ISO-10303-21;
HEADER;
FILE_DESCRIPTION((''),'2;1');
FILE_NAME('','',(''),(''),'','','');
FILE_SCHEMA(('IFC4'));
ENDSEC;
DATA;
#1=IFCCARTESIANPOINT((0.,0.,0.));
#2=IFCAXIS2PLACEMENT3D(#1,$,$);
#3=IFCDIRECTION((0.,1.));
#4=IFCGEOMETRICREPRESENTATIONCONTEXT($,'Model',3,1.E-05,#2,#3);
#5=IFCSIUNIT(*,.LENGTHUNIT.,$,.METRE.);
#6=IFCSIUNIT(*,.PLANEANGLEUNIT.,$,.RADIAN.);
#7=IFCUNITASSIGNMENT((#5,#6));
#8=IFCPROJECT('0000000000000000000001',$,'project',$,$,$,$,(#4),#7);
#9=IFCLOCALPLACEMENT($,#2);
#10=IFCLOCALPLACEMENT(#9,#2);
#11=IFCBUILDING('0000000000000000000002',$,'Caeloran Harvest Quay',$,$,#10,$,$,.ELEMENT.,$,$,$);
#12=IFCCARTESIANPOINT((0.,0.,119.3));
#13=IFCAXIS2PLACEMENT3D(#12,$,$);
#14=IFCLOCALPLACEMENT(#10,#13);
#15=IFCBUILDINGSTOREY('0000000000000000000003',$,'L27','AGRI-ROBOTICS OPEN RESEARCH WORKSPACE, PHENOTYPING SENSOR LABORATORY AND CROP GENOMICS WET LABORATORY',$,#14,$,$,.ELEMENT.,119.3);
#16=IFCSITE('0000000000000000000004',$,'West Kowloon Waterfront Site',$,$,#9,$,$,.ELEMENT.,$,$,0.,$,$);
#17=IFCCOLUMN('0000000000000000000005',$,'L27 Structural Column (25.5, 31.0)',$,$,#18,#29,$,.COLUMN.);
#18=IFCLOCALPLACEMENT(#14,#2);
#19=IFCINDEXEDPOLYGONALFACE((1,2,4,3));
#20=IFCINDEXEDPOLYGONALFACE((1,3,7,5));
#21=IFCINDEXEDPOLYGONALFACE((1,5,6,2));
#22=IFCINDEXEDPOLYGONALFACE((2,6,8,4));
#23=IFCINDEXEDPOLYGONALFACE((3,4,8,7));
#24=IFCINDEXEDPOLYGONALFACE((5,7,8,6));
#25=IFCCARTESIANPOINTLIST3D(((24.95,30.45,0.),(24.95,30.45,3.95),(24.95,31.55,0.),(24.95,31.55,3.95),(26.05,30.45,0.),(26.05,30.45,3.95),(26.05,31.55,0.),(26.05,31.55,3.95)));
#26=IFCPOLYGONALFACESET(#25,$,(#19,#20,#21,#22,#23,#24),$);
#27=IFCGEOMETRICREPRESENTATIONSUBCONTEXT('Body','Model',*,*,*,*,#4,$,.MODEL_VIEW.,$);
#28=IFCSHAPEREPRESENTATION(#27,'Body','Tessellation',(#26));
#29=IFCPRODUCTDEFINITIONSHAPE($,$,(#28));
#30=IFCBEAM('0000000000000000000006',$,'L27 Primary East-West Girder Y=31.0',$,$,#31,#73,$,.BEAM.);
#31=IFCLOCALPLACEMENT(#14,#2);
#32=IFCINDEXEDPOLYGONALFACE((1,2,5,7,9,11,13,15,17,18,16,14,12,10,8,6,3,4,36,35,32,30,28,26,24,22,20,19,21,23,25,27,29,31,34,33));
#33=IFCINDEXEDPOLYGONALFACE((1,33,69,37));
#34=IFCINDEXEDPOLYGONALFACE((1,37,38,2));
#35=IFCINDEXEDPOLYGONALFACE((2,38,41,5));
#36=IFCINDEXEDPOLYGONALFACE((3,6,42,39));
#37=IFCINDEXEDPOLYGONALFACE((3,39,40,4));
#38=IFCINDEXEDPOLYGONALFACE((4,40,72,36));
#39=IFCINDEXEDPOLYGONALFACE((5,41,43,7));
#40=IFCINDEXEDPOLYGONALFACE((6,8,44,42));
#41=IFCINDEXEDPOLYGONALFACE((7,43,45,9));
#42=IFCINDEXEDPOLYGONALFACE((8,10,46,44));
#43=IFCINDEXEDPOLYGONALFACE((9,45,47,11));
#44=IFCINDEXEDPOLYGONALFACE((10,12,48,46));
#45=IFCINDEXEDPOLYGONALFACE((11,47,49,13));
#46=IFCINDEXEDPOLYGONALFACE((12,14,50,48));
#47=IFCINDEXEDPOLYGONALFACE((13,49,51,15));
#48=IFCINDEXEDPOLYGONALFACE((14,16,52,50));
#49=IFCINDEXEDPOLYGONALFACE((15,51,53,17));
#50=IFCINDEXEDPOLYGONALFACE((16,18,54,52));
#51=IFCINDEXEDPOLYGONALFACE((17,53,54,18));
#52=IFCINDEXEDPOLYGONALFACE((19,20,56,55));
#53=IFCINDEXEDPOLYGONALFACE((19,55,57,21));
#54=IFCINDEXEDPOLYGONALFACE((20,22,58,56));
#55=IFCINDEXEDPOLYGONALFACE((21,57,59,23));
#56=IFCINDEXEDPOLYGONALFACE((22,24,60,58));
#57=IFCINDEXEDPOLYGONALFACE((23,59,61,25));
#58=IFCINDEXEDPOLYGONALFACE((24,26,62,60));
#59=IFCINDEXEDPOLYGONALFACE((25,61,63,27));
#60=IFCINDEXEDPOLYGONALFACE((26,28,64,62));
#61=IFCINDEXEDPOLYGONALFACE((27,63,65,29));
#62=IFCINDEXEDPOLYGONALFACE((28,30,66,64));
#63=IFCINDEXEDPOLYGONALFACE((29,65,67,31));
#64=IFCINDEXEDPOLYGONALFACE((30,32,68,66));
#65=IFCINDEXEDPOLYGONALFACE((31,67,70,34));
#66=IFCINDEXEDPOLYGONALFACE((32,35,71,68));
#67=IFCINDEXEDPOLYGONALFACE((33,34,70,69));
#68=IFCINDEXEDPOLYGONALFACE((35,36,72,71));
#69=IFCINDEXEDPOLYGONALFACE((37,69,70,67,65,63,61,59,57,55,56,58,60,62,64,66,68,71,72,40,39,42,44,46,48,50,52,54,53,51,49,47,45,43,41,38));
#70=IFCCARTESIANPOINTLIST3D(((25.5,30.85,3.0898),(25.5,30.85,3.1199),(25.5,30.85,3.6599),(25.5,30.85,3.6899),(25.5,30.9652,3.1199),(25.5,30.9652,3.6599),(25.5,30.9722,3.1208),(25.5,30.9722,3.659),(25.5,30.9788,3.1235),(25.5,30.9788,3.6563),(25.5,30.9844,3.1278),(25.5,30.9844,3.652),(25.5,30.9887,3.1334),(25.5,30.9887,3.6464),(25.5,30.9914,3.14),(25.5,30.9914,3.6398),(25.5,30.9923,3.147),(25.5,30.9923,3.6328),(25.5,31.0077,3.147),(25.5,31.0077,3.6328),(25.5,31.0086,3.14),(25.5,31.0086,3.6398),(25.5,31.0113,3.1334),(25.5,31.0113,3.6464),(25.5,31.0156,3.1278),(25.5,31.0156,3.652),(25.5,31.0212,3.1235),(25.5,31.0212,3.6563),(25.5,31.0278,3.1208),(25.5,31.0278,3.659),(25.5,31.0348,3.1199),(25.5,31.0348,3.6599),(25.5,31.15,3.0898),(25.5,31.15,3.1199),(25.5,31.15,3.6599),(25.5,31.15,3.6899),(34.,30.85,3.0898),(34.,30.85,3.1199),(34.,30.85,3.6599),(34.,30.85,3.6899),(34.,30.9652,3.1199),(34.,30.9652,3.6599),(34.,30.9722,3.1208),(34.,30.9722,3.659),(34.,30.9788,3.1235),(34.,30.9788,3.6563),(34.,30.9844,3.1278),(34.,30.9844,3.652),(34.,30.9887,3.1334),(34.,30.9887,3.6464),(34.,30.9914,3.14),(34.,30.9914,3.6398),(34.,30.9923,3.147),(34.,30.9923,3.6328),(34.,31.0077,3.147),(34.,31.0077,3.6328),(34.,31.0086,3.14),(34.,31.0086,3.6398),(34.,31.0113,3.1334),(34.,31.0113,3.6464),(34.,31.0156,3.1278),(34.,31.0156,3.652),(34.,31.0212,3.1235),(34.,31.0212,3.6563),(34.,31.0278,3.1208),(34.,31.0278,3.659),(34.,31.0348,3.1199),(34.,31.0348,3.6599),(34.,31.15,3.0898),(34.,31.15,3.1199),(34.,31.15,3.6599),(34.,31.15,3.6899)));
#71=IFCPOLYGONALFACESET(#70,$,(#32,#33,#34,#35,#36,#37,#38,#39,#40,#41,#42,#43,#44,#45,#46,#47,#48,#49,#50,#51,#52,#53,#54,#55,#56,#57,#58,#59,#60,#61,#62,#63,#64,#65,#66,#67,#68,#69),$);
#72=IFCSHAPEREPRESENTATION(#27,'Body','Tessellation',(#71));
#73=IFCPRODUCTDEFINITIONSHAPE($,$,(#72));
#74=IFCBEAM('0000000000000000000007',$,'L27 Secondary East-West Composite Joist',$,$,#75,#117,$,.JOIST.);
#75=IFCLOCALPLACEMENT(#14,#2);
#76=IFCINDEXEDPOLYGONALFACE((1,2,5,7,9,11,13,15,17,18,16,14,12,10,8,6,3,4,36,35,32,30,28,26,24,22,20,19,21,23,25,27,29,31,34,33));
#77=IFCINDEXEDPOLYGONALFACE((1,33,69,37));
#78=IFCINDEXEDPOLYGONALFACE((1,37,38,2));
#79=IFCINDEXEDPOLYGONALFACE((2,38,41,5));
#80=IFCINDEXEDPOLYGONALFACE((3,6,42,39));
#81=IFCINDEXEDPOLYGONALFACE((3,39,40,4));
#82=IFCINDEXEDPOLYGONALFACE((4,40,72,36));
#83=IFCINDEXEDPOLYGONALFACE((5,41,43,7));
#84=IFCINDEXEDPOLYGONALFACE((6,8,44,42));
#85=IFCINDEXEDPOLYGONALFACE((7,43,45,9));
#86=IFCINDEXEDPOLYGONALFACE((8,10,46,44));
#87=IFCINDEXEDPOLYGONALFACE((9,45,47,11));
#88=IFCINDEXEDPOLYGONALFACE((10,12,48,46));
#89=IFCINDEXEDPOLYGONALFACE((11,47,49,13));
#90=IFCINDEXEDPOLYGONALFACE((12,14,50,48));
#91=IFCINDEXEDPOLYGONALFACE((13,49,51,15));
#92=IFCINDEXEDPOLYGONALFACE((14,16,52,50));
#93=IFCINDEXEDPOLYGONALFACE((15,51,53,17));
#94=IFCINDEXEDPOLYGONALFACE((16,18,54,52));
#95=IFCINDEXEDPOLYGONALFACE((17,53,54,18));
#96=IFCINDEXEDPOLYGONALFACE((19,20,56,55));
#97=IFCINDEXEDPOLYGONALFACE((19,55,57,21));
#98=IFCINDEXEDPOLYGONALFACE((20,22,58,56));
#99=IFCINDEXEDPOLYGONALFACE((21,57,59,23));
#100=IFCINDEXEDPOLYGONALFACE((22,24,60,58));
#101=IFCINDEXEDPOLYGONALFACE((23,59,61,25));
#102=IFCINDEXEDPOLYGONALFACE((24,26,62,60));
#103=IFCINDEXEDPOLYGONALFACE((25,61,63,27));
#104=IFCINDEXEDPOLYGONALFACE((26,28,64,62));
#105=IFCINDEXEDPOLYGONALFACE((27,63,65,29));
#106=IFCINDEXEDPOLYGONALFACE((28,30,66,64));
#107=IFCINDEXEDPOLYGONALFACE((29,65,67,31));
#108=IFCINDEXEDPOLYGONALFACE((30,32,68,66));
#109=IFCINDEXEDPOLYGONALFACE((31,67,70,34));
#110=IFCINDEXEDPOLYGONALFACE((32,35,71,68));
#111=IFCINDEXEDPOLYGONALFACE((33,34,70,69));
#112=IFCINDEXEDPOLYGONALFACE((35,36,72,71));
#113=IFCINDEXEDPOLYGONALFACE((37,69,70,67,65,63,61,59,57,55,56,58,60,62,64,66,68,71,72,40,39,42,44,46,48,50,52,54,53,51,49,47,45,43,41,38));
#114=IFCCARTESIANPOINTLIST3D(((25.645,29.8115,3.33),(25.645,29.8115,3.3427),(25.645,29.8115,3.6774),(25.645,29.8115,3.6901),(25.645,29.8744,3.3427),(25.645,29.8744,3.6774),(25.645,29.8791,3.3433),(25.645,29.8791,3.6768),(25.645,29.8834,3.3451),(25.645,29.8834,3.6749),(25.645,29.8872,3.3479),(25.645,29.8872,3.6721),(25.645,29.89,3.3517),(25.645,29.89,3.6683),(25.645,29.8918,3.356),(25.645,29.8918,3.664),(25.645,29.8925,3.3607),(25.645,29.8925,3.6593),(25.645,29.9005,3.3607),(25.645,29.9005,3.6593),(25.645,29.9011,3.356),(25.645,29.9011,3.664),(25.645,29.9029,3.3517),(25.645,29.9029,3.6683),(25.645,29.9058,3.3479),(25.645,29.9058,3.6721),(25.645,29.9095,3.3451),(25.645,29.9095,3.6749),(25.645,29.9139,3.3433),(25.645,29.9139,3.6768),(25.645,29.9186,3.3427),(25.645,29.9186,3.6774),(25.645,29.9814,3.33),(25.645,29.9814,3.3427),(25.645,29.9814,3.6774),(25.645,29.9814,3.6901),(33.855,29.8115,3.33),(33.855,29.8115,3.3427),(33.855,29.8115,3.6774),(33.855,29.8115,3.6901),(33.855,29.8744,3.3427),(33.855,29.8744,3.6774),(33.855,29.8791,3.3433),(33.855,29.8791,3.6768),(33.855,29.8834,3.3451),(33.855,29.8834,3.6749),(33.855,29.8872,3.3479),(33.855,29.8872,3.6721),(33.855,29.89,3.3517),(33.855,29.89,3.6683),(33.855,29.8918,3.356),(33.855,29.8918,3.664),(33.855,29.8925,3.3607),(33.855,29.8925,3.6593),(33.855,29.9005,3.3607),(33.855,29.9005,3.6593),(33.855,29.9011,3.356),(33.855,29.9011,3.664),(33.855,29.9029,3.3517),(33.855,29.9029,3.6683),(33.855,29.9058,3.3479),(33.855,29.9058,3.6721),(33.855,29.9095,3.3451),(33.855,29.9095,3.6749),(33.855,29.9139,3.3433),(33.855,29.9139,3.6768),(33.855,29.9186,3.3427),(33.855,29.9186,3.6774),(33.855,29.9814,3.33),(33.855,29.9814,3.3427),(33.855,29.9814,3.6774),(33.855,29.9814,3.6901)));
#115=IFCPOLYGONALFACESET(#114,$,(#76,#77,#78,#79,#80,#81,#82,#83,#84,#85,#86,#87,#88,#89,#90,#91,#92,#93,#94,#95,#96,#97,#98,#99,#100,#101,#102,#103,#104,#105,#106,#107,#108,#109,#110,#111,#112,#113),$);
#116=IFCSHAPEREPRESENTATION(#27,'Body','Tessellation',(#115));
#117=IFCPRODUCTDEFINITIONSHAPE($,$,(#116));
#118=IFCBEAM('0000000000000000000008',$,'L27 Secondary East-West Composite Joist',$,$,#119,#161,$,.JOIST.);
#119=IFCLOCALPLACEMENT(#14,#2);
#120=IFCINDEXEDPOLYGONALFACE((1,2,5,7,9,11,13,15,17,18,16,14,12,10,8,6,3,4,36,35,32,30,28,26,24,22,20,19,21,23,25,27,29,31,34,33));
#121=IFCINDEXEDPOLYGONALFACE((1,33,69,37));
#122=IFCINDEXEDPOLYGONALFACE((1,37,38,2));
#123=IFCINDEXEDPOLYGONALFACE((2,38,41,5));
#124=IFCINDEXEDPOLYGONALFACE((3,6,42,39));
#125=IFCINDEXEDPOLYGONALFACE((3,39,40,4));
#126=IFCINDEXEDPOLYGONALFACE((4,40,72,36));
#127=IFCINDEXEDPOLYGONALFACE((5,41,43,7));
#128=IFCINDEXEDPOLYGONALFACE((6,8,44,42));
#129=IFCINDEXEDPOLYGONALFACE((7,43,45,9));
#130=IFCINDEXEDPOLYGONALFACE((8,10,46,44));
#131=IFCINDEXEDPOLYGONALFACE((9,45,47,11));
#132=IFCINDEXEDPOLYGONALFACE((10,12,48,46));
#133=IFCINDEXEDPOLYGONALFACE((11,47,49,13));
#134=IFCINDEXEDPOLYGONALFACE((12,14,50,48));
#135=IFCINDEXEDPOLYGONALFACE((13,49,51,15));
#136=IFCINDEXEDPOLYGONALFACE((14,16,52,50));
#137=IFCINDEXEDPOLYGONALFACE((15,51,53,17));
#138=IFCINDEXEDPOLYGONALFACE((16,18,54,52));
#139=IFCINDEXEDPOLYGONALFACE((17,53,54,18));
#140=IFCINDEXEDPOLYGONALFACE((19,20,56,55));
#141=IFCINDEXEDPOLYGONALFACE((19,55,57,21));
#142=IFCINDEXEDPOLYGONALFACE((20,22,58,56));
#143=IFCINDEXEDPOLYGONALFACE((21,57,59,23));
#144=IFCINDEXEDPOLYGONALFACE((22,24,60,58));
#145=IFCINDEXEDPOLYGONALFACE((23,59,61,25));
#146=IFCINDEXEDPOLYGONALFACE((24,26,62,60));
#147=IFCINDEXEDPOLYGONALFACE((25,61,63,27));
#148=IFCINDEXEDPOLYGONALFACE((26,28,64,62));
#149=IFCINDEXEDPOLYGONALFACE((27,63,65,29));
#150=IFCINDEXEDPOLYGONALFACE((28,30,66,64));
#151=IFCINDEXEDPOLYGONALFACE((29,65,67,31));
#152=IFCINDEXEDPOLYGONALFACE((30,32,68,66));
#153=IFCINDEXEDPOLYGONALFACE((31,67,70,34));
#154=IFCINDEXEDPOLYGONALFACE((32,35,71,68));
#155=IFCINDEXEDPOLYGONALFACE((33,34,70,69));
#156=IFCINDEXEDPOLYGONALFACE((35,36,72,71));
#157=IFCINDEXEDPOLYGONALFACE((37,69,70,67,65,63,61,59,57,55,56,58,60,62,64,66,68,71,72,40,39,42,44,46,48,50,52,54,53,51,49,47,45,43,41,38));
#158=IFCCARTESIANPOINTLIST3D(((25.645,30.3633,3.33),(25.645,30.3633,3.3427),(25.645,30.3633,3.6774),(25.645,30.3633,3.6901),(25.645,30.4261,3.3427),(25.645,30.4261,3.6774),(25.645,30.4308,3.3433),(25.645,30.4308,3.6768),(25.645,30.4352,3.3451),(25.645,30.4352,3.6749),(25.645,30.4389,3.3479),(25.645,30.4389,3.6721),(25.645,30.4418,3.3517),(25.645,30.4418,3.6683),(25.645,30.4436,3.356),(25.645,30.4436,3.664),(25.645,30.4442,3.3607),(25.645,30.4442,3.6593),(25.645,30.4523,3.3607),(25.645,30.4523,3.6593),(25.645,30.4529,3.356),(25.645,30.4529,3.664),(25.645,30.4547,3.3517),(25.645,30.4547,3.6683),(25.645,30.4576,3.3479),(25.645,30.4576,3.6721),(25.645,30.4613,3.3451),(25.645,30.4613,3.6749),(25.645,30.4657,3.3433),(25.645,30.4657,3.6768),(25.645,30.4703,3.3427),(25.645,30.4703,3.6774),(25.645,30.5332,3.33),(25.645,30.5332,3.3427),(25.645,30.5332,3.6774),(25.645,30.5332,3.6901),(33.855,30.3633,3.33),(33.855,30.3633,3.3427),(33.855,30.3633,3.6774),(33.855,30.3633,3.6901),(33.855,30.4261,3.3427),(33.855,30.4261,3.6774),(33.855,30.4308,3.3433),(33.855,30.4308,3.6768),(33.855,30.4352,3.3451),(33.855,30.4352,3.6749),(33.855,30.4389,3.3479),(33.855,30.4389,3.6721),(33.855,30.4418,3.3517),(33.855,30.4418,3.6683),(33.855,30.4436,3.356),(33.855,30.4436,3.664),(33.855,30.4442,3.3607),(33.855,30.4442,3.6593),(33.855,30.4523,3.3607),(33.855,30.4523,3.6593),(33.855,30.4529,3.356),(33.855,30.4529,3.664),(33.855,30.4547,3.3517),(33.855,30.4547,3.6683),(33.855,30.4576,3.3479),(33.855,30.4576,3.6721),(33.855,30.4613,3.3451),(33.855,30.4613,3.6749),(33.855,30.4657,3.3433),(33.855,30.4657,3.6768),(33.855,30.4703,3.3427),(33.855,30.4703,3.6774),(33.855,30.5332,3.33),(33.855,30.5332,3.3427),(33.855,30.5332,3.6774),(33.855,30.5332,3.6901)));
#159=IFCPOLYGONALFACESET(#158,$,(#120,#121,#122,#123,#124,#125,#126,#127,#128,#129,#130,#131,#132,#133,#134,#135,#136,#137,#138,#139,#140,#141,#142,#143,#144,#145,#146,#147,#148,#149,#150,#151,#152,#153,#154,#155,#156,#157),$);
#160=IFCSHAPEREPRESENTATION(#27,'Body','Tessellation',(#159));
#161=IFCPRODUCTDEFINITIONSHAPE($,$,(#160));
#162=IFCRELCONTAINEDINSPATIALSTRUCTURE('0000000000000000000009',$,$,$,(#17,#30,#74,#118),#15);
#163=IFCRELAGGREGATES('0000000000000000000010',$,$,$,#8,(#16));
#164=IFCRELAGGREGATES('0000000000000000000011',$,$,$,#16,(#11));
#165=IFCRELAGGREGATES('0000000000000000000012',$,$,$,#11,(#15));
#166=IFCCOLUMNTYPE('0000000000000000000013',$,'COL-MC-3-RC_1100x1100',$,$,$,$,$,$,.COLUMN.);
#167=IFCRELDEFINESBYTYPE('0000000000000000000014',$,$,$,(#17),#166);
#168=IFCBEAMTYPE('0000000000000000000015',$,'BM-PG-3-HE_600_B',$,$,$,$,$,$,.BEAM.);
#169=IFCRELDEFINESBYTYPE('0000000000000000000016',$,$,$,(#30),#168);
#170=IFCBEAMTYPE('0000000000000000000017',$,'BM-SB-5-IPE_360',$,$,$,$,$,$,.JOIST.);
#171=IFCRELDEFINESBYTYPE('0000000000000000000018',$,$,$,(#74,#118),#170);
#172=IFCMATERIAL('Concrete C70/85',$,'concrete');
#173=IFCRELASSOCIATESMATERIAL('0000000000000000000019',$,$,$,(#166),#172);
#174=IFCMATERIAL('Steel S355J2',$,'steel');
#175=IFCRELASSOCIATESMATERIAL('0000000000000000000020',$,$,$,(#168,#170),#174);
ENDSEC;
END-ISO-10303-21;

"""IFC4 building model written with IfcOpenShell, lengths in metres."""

from ifc_helpers import new_model, si_unit, direction, frame, origin, origin_2d, place, context, subcontext, project, spatial, rectangle, i_section, extrude, material, material_profile, profile_set, type_object, element, save


model = new_model("IFC4")

# Units and contexts
model_context = context("Model", 3, precision=1e-05, world=origin(), true_north=direction((0.0, 1.0)))
body_context = subcontext(model_context, "Body", "Model", "MODEL_VIEW")
ifc_project = project(units=[si_unit("LENGTHUNIT", "METRE"), si_unit("PLANEANGLEUNIT", "RADIAN")], contexts=[model_context])

# Site, building, storey
site_placement = place(None, origin())
site = spatial("IfcSite", under=ifc_project, at=site_placement, Name="West Kowloon Waterfront Site", CompositionType="ELEMENT", RefElevation=0.0)
building_placement = place(site_placement, origin())
building = spatial("IfcBuilding", under=site, at=building_placement, Name="Caeloran Harvest Quay", CompositionType="ELEMENT")
storey_placement = place(building_placement, frame((0.0, 0.0, 119.3)))
storey = spatial("IfcBuildingStorey", under=building, at=storey_placement, Name="L27", Description="AGRI-ROBOTICS OPEN RESEARCH WORKSPACE, PHENOTYPING SENSOR LABORATORY AND CROP GENOMICS WET LABORATORY", CompositionType="ELEMENT", Elevation=119.3)

# Column
ifc_material_1 = material(Name="Concrete C70/85", Category="concrete")
ifc_material_profile_1 = material_profile(ifc_material_1, rectangle(XDim=1.1001, YDim=1.1001, at=origin_2d()), Name="RC 1100x1100")
ifc_profile_set_1 = profile_set([ifc_material_profile_1], Name="Concrete C70/85")
column_type = type_object("IfcColumnType", Name="COL-MC-3-RC_1100x1100", PredefinedType="COLUMN", material=ifc_profile_set_1)
column_placement = place(storey_placement, frame((25.5, 31.0, 0.0), z_axis=(0.0, 0.0, 1.0), x_axis=(1.0, 0.0, 0.0)))
element("IfcColumn", 1, at=column_placement, inside=storey, type_object=column_type, Name="L27 Structural Column (25.5, 31.0)", PredefinedType="COLUMN", context=body_context, shape_type="SweptSolid", body=[
    extrude(rectangle(XDim=1.1001, YDim=1.1001, at=origin_2d()), origin(), (0.0, 0.0, 1.0), 3.95),
])

# Beams
ifc_material_2 = material(Name="Steel S355J2", Category="steel")
ifc_material_profile_2 = material_profile(ifc_material_2, i_section(OverallWidth=0.3, OverallDepth=0.6001, WebThickness=0.0154, FlangeThickness=0.03, FilletRadius=0.0271, at=origin_2d()), Name="HE 600 B")
ifc_profile_set_2 = profile_set([ifc_material_profile_2], Name="Steel S355J2")
beam_type_1 = type_object("IfcBeamType", Name="BM-PG-3-HE_600_B", PredefinedType="BEAM", material=ifc_profile_set_2)
beam_1_placement = place(storey_placement, frame((25.5, 31.0, 3.3899), z_axis=(1.0, 0.0, 0.0), x_axis=(0.0, 1.0, 0.0)))
element("IfcBeam", 2, at=beam_1_placement, inside=storey, type_object=beam_type_1, Name="L27 Primary East-West Girder Y=31.0", PredefinedType="BEAM", context=body_context, shape_type="SweptSolid", body=[
    extrude(i_section(OverallWidth=0.3, OverallDepth=0.6001, WebThickness=0.0154, FlangeThickness=0.03, FilletRadius=0.0271, at=origin_2d()), origin(), (0.0, 0.0, 1.0), 8.5),
])
ifc_material_profile_3 = material_profile(ifc_material_2, i_section(OverallWidth=0.1699, OverallDepth=0.3601, WebThickness=0.0081, FlangeThickness=0.0127, FilletRadius=0.0181, at=origin_2d()), Name="IPE 360")
ifc_profile_set_3 = profile_set([ifc_material_profile_3], Name="Steel S355J2")
beam_type_2 = type_object("IfcBeamType", Name="BM-SB-5-IPE_360", PredefinedType="JOIST", material=ifc_profile_set_3)
for number, where, z_axis, x_axis, name in (
    (3, (25.645, 29.8965, 3.51), (1.0, 0.0, 0.0), (0.0, 1.0, 0.0), "L27 Secondary East-West Composite Joist"),
    (4, (25.645, 30.4482, 3.51), (1.0, 0.0, 0.0), (0.0, 1.0, 0.0), "L27 Secondary East-West Composite Joist"),
):
    element("IfcBeam", number, at=place(storey_placement, frame(where, z_axis=z_axis, x_axis=x_axis)), inside=storey, type_object=beam_type_2, Name=name, PredefinedType="JOIST", context=body_context, shape_type="SweptSolid", body=[
        extrude(i_section(OverallWidth=0.1699, OverallDepth=0.3601, WebThickness=0.0081, FlangeThickness=0.0127, FilletRadius=0.0181, at=origin_2d()), origin(), (0.0, 0.0, 1.0), 8.21),
    ])

save(model, "model.ifc")
